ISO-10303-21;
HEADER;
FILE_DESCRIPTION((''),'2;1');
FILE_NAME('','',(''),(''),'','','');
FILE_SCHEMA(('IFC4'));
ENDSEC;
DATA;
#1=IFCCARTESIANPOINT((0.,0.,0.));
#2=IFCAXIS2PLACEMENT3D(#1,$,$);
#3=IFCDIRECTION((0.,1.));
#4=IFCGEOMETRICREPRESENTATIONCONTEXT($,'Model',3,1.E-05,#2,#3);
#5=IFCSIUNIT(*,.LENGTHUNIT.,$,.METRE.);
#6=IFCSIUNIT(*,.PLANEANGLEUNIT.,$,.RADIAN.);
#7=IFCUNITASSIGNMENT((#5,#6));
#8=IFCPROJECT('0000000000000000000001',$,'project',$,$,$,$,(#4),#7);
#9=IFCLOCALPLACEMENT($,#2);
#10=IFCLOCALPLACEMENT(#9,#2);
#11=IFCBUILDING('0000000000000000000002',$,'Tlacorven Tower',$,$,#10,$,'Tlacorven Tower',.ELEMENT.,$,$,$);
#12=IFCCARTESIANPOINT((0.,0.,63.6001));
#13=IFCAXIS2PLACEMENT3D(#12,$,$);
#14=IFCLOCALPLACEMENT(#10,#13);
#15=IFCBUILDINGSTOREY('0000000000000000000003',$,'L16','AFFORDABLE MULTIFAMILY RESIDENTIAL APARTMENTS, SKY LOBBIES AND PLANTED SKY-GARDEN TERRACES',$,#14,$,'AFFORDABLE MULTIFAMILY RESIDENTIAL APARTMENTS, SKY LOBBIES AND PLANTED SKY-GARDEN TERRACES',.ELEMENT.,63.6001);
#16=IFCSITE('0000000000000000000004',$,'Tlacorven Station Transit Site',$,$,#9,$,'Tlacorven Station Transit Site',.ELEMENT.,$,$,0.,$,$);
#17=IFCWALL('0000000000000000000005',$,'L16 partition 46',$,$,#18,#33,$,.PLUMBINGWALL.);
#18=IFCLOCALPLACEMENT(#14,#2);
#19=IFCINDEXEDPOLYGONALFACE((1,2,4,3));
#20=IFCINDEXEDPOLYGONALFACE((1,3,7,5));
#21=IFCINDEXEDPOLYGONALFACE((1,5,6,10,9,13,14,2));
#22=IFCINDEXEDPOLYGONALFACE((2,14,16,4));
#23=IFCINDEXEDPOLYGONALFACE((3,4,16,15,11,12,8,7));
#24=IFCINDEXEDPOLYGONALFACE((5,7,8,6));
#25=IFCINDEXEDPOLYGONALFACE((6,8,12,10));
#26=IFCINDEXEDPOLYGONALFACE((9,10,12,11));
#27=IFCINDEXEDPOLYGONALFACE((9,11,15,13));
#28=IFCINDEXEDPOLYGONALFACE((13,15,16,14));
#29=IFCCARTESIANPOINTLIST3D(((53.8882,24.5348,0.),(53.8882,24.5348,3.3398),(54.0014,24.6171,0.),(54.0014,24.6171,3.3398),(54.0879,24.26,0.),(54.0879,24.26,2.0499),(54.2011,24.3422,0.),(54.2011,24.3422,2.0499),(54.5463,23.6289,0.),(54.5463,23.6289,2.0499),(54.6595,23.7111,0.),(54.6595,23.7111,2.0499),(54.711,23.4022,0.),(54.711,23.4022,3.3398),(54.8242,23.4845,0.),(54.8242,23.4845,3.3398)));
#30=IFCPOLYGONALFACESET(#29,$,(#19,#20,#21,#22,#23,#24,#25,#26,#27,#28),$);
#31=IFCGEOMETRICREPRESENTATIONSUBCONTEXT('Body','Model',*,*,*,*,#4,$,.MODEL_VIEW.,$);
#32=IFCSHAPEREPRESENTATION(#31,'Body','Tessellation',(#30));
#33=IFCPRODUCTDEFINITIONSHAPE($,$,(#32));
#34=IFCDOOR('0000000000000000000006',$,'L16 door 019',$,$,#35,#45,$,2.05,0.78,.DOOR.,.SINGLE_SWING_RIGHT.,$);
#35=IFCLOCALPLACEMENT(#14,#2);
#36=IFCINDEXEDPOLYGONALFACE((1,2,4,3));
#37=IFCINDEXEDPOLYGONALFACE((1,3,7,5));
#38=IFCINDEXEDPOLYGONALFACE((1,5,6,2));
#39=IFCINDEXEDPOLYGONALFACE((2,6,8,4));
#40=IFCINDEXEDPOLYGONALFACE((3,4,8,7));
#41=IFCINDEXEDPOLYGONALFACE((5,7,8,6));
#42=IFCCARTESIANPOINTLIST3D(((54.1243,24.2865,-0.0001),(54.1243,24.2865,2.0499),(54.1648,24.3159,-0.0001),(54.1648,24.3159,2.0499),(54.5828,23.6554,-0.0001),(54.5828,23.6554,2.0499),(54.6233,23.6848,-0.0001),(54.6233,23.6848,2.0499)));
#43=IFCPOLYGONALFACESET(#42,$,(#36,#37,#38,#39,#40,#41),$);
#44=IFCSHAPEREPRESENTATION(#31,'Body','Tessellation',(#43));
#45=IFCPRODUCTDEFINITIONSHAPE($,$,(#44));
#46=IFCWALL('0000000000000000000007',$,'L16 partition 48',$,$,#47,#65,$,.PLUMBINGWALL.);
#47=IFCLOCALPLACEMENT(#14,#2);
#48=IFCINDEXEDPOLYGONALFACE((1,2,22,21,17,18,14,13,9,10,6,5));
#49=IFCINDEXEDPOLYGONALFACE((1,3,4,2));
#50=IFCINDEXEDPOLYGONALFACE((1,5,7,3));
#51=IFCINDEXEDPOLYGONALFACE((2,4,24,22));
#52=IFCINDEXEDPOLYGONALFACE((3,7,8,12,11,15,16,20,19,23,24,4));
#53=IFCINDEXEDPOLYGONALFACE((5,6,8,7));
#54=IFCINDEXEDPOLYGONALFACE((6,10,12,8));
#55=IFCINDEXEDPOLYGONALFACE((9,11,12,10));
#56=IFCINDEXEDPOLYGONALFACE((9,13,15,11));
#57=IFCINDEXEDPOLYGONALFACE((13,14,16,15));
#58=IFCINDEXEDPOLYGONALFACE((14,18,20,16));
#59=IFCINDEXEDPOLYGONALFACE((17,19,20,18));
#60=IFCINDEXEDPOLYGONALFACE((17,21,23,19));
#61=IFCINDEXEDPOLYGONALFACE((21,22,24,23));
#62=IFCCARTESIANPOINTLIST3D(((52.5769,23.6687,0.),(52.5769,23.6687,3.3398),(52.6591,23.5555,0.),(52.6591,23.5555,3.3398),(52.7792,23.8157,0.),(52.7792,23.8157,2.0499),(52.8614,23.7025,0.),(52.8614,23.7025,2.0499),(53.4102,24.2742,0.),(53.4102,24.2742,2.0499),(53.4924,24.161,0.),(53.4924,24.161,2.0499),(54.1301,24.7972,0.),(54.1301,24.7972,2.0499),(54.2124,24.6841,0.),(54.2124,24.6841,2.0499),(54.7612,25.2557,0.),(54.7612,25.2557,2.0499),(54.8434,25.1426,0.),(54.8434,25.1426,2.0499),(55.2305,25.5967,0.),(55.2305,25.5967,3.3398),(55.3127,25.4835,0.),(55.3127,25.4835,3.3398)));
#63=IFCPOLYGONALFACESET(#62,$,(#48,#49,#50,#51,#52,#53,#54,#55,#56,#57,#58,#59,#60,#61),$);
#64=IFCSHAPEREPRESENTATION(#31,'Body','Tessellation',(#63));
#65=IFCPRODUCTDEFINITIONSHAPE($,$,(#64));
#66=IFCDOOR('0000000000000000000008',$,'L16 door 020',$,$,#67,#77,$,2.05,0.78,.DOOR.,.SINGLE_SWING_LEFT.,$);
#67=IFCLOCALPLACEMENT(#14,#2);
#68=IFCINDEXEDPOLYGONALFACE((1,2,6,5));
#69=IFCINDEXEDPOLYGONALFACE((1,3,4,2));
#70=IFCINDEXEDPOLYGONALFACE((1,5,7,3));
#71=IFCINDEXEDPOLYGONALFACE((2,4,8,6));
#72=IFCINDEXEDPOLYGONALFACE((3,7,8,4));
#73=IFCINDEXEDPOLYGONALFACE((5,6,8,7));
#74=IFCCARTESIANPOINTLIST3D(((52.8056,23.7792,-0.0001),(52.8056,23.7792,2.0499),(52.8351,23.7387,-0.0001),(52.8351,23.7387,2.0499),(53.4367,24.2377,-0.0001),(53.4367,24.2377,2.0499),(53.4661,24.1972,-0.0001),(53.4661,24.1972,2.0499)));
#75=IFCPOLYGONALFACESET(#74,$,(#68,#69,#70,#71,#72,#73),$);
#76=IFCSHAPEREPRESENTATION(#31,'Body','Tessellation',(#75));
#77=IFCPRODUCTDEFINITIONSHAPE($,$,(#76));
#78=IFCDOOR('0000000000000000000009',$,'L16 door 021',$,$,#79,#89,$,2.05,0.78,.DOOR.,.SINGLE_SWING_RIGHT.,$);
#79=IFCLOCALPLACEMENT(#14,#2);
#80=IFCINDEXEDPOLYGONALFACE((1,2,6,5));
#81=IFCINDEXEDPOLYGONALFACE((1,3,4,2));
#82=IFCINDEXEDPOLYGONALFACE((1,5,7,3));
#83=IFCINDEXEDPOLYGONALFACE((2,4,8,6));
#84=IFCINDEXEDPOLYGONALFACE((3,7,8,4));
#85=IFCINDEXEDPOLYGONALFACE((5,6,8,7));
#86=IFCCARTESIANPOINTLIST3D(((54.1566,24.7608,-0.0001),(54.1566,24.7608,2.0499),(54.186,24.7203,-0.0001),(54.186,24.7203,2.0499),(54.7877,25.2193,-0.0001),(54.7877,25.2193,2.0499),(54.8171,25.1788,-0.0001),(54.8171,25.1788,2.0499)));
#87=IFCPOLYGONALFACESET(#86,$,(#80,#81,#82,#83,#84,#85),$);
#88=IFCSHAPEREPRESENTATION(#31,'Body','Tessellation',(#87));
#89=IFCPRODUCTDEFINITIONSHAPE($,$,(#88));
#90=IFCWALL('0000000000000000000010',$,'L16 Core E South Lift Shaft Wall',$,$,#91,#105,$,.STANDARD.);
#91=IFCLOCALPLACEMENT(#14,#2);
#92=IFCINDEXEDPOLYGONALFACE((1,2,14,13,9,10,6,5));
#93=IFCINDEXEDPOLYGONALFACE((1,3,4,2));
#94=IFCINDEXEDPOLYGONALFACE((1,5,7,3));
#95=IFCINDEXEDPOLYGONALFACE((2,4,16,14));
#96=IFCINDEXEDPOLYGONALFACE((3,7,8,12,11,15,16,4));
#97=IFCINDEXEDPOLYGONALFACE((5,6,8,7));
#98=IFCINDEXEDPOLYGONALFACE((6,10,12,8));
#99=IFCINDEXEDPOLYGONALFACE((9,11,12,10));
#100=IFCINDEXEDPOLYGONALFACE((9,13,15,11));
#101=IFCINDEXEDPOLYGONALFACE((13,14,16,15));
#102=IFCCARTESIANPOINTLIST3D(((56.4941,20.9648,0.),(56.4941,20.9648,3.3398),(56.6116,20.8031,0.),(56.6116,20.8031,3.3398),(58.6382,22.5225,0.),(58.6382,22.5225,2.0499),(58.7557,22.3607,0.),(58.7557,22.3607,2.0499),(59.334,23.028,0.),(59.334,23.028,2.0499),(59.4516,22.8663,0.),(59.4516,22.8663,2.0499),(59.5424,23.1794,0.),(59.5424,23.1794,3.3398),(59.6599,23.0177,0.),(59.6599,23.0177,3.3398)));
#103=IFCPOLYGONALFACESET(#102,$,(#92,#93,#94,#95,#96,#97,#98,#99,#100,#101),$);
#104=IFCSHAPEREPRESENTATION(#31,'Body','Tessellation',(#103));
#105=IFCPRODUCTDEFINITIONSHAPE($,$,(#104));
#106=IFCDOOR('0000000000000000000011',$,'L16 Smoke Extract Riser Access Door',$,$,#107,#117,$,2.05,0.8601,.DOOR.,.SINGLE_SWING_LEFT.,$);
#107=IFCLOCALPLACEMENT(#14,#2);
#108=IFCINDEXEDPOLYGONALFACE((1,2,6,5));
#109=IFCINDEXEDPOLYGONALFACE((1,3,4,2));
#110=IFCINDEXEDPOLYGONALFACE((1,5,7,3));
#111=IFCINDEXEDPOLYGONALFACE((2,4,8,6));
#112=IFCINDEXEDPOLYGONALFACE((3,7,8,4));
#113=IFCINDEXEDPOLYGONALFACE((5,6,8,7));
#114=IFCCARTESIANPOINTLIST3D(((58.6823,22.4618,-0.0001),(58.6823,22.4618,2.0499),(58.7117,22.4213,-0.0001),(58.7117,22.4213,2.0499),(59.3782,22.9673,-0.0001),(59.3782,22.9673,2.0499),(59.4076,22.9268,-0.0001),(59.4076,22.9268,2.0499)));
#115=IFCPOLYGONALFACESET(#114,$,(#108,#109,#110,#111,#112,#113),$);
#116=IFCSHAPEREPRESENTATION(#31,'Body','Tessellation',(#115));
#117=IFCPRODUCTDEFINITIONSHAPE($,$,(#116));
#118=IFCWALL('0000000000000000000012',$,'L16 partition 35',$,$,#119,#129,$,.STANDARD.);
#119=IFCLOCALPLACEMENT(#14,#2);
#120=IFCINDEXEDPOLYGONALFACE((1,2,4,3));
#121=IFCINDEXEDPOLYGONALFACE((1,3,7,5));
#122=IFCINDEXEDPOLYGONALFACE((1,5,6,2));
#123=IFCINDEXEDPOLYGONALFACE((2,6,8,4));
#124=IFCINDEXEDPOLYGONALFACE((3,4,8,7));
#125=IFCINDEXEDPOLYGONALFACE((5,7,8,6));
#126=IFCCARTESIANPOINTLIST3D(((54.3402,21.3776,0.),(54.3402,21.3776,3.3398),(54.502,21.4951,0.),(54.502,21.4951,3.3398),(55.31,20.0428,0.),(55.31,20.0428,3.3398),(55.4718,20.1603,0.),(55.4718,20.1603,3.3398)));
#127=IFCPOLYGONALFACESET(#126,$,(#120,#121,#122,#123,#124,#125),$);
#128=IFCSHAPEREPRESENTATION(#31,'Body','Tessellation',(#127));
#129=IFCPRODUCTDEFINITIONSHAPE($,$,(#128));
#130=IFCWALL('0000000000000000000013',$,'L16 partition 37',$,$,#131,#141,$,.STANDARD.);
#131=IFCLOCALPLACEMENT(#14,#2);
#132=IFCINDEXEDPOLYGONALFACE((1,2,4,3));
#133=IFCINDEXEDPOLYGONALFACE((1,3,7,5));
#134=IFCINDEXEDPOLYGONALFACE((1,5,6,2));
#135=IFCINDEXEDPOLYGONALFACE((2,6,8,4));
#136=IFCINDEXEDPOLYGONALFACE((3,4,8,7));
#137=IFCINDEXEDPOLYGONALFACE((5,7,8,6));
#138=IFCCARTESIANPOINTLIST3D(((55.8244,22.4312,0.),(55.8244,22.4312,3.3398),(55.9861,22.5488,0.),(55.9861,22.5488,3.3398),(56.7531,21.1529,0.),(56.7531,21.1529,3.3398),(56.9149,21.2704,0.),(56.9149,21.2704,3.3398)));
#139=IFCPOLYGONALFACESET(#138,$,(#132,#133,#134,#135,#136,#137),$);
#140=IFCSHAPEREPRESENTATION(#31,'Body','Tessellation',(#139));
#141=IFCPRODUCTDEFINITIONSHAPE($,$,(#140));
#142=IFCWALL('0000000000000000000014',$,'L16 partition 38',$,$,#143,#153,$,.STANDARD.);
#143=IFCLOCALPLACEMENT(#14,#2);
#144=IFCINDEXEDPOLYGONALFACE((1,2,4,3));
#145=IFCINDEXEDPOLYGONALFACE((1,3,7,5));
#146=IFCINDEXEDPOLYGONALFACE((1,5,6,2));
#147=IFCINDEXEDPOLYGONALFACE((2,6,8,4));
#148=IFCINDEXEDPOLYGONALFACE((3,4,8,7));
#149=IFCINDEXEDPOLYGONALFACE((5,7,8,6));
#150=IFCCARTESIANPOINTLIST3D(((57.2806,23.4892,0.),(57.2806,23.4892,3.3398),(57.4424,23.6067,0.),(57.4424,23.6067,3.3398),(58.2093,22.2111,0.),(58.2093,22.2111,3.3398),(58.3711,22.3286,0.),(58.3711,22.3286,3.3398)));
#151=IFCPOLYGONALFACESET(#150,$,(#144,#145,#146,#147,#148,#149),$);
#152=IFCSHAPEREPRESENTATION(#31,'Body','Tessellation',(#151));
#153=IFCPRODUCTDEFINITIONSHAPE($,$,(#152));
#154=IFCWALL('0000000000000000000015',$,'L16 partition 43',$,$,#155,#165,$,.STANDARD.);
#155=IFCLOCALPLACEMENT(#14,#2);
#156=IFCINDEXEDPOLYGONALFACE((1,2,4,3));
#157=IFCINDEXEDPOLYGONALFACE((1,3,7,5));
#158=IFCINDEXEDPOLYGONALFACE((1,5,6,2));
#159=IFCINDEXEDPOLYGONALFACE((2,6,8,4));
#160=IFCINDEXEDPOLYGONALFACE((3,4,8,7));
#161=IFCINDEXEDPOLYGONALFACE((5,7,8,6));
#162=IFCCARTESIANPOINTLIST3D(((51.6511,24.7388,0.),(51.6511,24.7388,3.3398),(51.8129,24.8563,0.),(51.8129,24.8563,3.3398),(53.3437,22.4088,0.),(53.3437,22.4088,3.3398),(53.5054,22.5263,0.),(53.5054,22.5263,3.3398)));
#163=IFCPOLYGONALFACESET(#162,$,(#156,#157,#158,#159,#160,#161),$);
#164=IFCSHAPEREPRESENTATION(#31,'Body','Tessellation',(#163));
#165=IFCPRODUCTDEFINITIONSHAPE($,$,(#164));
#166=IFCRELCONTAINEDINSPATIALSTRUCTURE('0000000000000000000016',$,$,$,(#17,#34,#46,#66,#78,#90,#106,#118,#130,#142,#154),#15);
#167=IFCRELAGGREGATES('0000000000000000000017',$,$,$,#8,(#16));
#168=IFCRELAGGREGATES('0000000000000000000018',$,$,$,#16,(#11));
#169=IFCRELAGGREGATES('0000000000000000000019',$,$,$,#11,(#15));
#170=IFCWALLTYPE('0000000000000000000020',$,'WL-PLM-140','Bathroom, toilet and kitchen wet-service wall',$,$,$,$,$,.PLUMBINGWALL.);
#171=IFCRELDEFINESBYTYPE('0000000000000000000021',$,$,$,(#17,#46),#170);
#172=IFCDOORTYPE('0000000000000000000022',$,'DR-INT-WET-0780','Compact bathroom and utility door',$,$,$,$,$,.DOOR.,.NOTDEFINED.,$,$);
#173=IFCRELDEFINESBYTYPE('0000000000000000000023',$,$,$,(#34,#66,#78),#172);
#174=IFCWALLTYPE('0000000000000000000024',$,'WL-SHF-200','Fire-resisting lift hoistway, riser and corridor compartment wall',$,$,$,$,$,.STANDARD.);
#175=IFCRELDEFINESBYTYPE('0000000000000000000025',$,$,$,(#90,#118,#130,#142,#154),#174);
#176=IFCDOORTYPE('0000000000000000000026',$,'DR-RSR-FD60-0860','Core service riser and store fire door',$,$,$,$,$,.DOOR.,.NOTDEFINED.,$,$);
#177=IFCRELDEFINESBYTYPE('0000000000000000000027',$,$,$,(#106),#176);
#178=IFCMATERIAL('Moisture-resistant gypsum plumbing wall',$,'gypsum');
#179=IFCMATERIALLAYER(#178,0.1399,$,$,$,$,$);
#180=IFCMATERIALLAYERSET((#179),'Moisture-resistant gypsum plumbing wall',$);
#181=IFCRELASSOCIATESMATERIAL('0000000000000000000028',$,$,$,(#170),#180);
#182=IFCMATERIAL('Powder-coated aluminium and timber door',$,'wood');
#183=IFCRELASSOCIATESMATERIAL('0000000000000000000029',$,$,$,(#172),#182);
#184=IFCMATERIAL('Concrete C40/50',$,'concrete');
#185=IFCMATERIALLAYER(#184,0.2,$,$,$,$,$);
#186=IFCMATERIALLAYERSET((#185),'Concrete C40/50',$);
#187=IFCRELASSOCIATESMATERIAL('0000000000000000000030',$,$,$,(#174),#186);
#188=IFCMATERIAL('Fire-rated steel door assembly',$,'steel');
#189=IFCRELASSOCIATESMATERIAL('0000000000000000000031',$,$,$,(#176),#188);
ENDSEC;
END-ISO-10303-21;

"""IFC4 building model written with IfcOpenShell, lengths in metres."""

from ifc_helpers import new_model, si_unit, direction, frame, frame_2d, origin, place, context, subcontext, project, spatial, rectangle, extrude, source, transform, mapped, material, layer, layer_set, type_object, element, fill, save


model = new_model("IFC4")

# Units and contexts
model_context = context("Model", 3, precision=1e-05, world=origin(), true_north=direction((0.0, 1.0)))
body_context = subcontext(model_context, "Body", "Model", "MODEL_VIEW")
ifc_project = project(units=[si_unit("LENGTHUNIT", "METRE"), si_unit("PLANEANGLEUNIT", "RADIAN")], contexts=[model_context])

# Site, building, storey
site_placement = place(None, origin())
site = spatial("IfcSite", under=ifc_project, at=site_placement, Name="Tlacorven Station Transit Site", LongName="Tlacorven Station Transit Site", CompositionType="ELEMENT", RefElevation=0.0)
building_placement = place(site_placement, origin())
building = spatial("IfcBuilding", under=site, at=building_placement, Name="Tlacorven Tower", LongName="Tlacorven Tower", CompositionType="ELEMENT")
storey_placement = place(building_placement, frame((0.0, 0.0, 63.6001)))
storey = spatial("IfcBuildingStorey", under=building, at=storey_placement, Name="L16", Description="AFFORDABLE MULTIFAMILY RESIDENTIAL APARTMENTS, SKY LOBBIES AND PLANTED SKY-GARDEN TERRACES", LongName="AFFORDABLE MULTIFAMILY RESIDENTIAL APARTMENTS, SKY LOBBIES AND PLANTED SKY-GARDEN TERRACES", CompositionType="ELEMENT", Elevation=63.6001)

# Wall, opening, door
ifc_material_1 = material(Name="Moisture-resistant gypsum plumbing wall", Category="gypsum")
ifc_layer_1 = layer(ifc_material_1, 0.1399)
ifc_layer_set_1 = layer_set([ifc_layer_1], Name="Moisture-resistant gypsum plumbing wall")
wall_type_1 = type_object("IfcWallType", Name="WL-PLM-140", Description="Bathroom, toilet and kitchen wet-service wall", PredefinedType="PLUMBINGWALL", material=ifc_layer_set_1)
wall_1_placement = place(storey_placement, frame((54.7676, 23.4434, 0.0), z_axis=(0.0, 0.0, 1.0), x_axis=(-0.587736, 0.809053, 0.0)))
wall_1 = element("IfcWall", 1, at=wall_1_placement, inside=storey, type_object=wall_type_1, Name="L16 partition 46", PredefinedType="PLUMBINGWALL", context=body_context, shape_type="SweptSolid", body=[
    extrude(rectangle(XDim=1.3999, YDim=0.1399, at=frame_2d((0.7, 0.0))), origin(), (0.0, 0.0, 1.0), 3.3398),
])
opening_1_placement = place(wall_1_placement, frame((0.28, 0.0, 0.0)))
opening_1 = element("IfcOpeningElement", 2, at=opening_1_placement, cuts=wall_1, PredefinedType="OPENING", context=body_context, shape_type="SweptSolid", body=[
    extrude(rectangle(XDim=0.78, YDim=2.05, at=frame_2d((0.3901, 1.0249))), frame((0.0, 0.0801, 0.0), z_axis=(0.0, -1.0, 0.0), x_axis=(1.0, 0.0, 0.0)), (0.0, 0.0, 1.0), 0.1599),
])
ifc_material_2 = material(Name="Powder-coated aluminium and timber door", Category="wood")
door_type_1 = type_object("IfcDoorType", Name="DR-INT-WET-0780", Description="Compact bathroom and utility door", OperationType="NOTDEFINED", PredefinedType="DOOR", material=ifc_material_2)
shared_shape_1 = source(origin(), body_context, "Body", "SweptSolid", [
    extrude(rectangle(XDim=0.78, YDim=2.05, at=frame_2d((0.3901, 1.0249))), frame((0.0, 0.0249, 0.0), z_axis=(0.0, -1.0, 0.0), x_axis=(1.0, 0.0, 0.0)), (0.0, 0.0, 1.0), 0.05),
])
door_1_placement = place(opening_1_placement, origin())
door_1 = element("IfcDoor", 3, at=door_1_placement, inside=storey, type_object=door_type_1, Name="L16 door 019", OperationType="SINGLE_SWING_RIGHT", OverallHeight=2.05, OverallWidth=0.78, PredefinedType="DOOR", context=body_context, shape_type="MappedRepresentation", body=[
    mapped(shared_shape_1, transform((0.0, 0.0, 0.0), scale=1.0)),
])
fill(opening_1, door_1)

# Wall, openings, doors
wall_2_placement = place(storey_placement, frame((52.6179, 23.6121, 0.0), z_axis=(0.0, 0.0, 1.0), x_axis=(0.80901, 0.587795, 0.0)))
wall_2 = element("IfcWall", 4, at=wall_2_placement, inside=storey, type_object=wall_type_1, Name="L16 partition 48", PredefinedType="PLUMBINGWALL", context=body_context, shape_type="SweptSolid", body=[
    extrude(rectangle(XDim=3.28, YDim=0.1399, at=frame_2d((1.6401, 0.0))), origin(), (0.0, 0.0, 1.0), 3.3398),
])
opening_2_placement = place(wall_2_placement, frame((0.25, 0.0, 0.0)))
opening_2 = element("IfcOpeningElement", 5, at=opening_2_placement, cuts=wall_2, PredefinedType="OPENING", context=body_context, shape_type="SweptSolid", body=[
    extrude(rectangle(XDim=0.78, YDim=2.05, at=frame_2d((0.3901, 1.0249))), frame((0.0, 0.0801, 0.0), z_axis=(0.0, -1.0, 0.0), x_axis=(1.0, 0.0, 0.0)), (0.0, 0.0, 1.0), 0.1599),
])
opening_3_placement = place(wall_2_placement, frame((1.9199, 0.0, 0.0)))
opening_3 = element("IfcOpeningElement", 6, at=opening_3_placement, cuts=wall_2, PredefinedType="OPENING", context=body_context, shape_type="SweptSolid", body=[
    extrude(rectangle(XDim=0.78, YDim=2.05, at=frame_2d((0.3901, 1.0249))), frame((0.0, 0.0801, 0.0), z_axis=(0.0, -1.0, 0.0), x_axis=(1.0, 0.0, 0.0)), (0.0, 0.0, 1.0), 0.1599),
])
door_2_placement = place(opening_2_placement, origin())
door_2 = element("IfcDoor", 7, at=door_2_placement, inside=storey, type_object=door_type_1, Name="L16 door 020", OperationType="SINGLE_SWING_LEFT", OverallHeight=2.05, OverallWidth=0.78, PredefinedType="DOOR", context=body_context, shape_type="MappedRepresentation", body=[
    mapped(shared_shape_1, transform((0.0, 0.0, 0.0), scale=1.0)),
])
fill(opening_2, door_2)
door_3_placement = place(opening_3_placement, origin())
door_3 = element("IfcDoor", 8, at=door_3_placement, inside=storey, type_object=door_type_1, Name="L16 door 021", OperationType="SINGLE_SWING_RIGHT", OverallHeight=2.05, OverallWidth=0.78, PredefinedType="DOOR", context=body_context, shape_type="MappedRepresentation", body=[
    mapped(shared_shape_1, transform((0.0, 0.0, 0.0), scale=1.0)),
])
fill(opening_3, door_3)

# Wall, opening, door
ifc_material_3 = material(Name="Concrete C40/50", Category="concrete")
ifc_layer_2 = layer(ifc_material_3, 0.2)
ifc_layer_set_2 = layer_set([ifc_layer_2], Name="Concrete C40/50")
wall_type_2 = type_object("IfcWallType", Name="WL-SHF-200", Description="Fire-resisting lift hoistway, riser and corridor compartment wall", PredefinedType="STANDARD", material=ifc_layer_set_2)
wall_3_placement = place(storey_placement, frame((56.553, 20.884, 0.0), z_axis=(0.0, 0.0, 1.0), x_axis=(0.809036, 0.587759, 0.0)))
wall_3 = element("IfcWall", 9, at=wall_3_placement, inside=storey, type_object=wall_type_2, Name="L16 Core E South Lift Shaft Wall", PredefinedType="STANDARD", context=body_context, shape_type="SweptSolid", body=[
    extrude(rectangle(XDim=3.7678, YDim=0.2, at=frame_2d((1.8838, 0.0))), origin(), (0.0, 0.0, 1.0), 3.3398),
])
opening_4_placement = place(wall_3_placement, frame((2.6499, 0.0, 0.0)))
opening_4 = element("IfcOpeningElement", 10, at=opening_4_placement, cuts=wall_3, PredefinedType="OPENING", context=body_context, shape_type="SweptSolid", body=[
    extrude(rectangle(XDim=0.8601, YDim=2.05, at=frame_2d((0.4302, 1.0249))), frame((0.0, 0.1099, 0.0), z_axis=(0.0, -1.0, 0.0), x_axis=(1.0, 0.0, 0.0)), (0.0, 0.0, 1.0), 0.22),
])
ifc_material_4 = material(Name="Fire-rated steel door assembly", Category="steel")
door_type_2 = type_object("IfcDoorType", Name="DR-RSR-FD60-0860", Description="Core service riser and store fire door", OperationType="NOTDEFINED", PredefinedType="DOOR", material=ifc_material_4)
shared_shape_2 = source(origin(), body_context, "Body", "SweptSolid", [
    extrude(rectangle(XDim=0.8601, YDim=2.05, at=frame_2d((0.4302, 1.0249))), frame((0.0, 0.0249, 0.0), z_axis=(0.0, -1.0, 0.0), x_axis=(1.0, 0.0, 0.0)), (0.0, 0.0, 1.0), 0.05),
])
door_4_placement = place(opening_4_placement, origin())
door_4 = element("IfcDoor", 11, at=door_4_placement, inside=storey, type_object=door_type_2, Name="L16 Smoke Extract Riser Access Door", OperationType="SINGLE_SWING_LEFT", OverallHeight=2.05, OverallWidth=0.8601, PredefinedType="DOOR", context=body_context, shape_type="MappedRepresentation", body=[
    mapped(shared_shape_2, transform((0.0, 0.0, 0.0), scale=1.0)),
])
fill(opening_4, door_4)

# Walls
wall_4_placement = place(storey_placement, frame((55.3909, 20.1016, 0.0), z_axis=(0.0, 0.0, 1.0), x_axis=(-0.587784, 0.809018, 0.0)))
element("IfcWall", 12, at=wall_4_placement, inside=storey, type_object=wall_type_2, Name="L16 partition 35", PredefinedType="STANDARD", context=body_context, shape_type="SweptSolid", body=[
    extrude(rectangle(XDim=1.6499, YDim=0.2, at=frame_2d((0.825, 0.0))), origin(), (0.0, 0.0, 1.0), 3.3398),
])
wall_5_placement = place(storey_placement, frame((56.834, 21.2117, 0.0), z_axis=(0.0, 0.0, 1.0), x_axis=(-0.587767, 0.80903, 0.0)))
element("IfcWall", 13, at=wall_5_placement, inside=storey, type_object=wall_type_2, Name="L16 partition 37", PredefinedType="STANDARD", context=body_context, shape_type="SweptSolid", body=[
    extrude(rectangle(XDim=1.5801, YDim=0.2, at=frame_2d((0.79, 0.0))), origin(), (0.0, 0.0, 1.0), 3.3398),
])
wall_6_placement = place(storey_placement, frame((58.2903, 22.2698, 0.0), z_axis=(0.0, 0.0, 1.0), x_axis=(-0.587841, 0.808977, 0.0)))
element("IfcWall", 14, at=wall_6_placement, inside=storey, type_object=wall_type_2, Name="L16 partition 38", PredefinedType="STANDARD", context=body_context, shape_type="SweptSolid", body=[
    extrude(rectangle(XDim=1.5798, YDim=0.2, at=frame_2d((0.79, 0.0))), origin(), (0.0, 0.0, 1.0), 3.3398),
])
wall_7_placement = place(storey_placement, frame((53.4246, 22.4675, 0.0), z_axis=(0.0, 0.0, 1.0), x_axis=(-0.587723, 0.809062, 0.0)))
element("IfcWall", 15, at=wall_7_placement, inside=storey, type_object=wall_type_2, Name="L16 partition 43", PredefinedType="STANDARD", context=body_context, shape_type="SweptSolid", body=[
    extrude(rectangle(XDim=2.8799, YDim=0.2, at=frame_2d((1.4399, 0.0))), origin(), (0.0, 0.0, 1.0), 3.3398),
])

save(model, "model.ifc")
